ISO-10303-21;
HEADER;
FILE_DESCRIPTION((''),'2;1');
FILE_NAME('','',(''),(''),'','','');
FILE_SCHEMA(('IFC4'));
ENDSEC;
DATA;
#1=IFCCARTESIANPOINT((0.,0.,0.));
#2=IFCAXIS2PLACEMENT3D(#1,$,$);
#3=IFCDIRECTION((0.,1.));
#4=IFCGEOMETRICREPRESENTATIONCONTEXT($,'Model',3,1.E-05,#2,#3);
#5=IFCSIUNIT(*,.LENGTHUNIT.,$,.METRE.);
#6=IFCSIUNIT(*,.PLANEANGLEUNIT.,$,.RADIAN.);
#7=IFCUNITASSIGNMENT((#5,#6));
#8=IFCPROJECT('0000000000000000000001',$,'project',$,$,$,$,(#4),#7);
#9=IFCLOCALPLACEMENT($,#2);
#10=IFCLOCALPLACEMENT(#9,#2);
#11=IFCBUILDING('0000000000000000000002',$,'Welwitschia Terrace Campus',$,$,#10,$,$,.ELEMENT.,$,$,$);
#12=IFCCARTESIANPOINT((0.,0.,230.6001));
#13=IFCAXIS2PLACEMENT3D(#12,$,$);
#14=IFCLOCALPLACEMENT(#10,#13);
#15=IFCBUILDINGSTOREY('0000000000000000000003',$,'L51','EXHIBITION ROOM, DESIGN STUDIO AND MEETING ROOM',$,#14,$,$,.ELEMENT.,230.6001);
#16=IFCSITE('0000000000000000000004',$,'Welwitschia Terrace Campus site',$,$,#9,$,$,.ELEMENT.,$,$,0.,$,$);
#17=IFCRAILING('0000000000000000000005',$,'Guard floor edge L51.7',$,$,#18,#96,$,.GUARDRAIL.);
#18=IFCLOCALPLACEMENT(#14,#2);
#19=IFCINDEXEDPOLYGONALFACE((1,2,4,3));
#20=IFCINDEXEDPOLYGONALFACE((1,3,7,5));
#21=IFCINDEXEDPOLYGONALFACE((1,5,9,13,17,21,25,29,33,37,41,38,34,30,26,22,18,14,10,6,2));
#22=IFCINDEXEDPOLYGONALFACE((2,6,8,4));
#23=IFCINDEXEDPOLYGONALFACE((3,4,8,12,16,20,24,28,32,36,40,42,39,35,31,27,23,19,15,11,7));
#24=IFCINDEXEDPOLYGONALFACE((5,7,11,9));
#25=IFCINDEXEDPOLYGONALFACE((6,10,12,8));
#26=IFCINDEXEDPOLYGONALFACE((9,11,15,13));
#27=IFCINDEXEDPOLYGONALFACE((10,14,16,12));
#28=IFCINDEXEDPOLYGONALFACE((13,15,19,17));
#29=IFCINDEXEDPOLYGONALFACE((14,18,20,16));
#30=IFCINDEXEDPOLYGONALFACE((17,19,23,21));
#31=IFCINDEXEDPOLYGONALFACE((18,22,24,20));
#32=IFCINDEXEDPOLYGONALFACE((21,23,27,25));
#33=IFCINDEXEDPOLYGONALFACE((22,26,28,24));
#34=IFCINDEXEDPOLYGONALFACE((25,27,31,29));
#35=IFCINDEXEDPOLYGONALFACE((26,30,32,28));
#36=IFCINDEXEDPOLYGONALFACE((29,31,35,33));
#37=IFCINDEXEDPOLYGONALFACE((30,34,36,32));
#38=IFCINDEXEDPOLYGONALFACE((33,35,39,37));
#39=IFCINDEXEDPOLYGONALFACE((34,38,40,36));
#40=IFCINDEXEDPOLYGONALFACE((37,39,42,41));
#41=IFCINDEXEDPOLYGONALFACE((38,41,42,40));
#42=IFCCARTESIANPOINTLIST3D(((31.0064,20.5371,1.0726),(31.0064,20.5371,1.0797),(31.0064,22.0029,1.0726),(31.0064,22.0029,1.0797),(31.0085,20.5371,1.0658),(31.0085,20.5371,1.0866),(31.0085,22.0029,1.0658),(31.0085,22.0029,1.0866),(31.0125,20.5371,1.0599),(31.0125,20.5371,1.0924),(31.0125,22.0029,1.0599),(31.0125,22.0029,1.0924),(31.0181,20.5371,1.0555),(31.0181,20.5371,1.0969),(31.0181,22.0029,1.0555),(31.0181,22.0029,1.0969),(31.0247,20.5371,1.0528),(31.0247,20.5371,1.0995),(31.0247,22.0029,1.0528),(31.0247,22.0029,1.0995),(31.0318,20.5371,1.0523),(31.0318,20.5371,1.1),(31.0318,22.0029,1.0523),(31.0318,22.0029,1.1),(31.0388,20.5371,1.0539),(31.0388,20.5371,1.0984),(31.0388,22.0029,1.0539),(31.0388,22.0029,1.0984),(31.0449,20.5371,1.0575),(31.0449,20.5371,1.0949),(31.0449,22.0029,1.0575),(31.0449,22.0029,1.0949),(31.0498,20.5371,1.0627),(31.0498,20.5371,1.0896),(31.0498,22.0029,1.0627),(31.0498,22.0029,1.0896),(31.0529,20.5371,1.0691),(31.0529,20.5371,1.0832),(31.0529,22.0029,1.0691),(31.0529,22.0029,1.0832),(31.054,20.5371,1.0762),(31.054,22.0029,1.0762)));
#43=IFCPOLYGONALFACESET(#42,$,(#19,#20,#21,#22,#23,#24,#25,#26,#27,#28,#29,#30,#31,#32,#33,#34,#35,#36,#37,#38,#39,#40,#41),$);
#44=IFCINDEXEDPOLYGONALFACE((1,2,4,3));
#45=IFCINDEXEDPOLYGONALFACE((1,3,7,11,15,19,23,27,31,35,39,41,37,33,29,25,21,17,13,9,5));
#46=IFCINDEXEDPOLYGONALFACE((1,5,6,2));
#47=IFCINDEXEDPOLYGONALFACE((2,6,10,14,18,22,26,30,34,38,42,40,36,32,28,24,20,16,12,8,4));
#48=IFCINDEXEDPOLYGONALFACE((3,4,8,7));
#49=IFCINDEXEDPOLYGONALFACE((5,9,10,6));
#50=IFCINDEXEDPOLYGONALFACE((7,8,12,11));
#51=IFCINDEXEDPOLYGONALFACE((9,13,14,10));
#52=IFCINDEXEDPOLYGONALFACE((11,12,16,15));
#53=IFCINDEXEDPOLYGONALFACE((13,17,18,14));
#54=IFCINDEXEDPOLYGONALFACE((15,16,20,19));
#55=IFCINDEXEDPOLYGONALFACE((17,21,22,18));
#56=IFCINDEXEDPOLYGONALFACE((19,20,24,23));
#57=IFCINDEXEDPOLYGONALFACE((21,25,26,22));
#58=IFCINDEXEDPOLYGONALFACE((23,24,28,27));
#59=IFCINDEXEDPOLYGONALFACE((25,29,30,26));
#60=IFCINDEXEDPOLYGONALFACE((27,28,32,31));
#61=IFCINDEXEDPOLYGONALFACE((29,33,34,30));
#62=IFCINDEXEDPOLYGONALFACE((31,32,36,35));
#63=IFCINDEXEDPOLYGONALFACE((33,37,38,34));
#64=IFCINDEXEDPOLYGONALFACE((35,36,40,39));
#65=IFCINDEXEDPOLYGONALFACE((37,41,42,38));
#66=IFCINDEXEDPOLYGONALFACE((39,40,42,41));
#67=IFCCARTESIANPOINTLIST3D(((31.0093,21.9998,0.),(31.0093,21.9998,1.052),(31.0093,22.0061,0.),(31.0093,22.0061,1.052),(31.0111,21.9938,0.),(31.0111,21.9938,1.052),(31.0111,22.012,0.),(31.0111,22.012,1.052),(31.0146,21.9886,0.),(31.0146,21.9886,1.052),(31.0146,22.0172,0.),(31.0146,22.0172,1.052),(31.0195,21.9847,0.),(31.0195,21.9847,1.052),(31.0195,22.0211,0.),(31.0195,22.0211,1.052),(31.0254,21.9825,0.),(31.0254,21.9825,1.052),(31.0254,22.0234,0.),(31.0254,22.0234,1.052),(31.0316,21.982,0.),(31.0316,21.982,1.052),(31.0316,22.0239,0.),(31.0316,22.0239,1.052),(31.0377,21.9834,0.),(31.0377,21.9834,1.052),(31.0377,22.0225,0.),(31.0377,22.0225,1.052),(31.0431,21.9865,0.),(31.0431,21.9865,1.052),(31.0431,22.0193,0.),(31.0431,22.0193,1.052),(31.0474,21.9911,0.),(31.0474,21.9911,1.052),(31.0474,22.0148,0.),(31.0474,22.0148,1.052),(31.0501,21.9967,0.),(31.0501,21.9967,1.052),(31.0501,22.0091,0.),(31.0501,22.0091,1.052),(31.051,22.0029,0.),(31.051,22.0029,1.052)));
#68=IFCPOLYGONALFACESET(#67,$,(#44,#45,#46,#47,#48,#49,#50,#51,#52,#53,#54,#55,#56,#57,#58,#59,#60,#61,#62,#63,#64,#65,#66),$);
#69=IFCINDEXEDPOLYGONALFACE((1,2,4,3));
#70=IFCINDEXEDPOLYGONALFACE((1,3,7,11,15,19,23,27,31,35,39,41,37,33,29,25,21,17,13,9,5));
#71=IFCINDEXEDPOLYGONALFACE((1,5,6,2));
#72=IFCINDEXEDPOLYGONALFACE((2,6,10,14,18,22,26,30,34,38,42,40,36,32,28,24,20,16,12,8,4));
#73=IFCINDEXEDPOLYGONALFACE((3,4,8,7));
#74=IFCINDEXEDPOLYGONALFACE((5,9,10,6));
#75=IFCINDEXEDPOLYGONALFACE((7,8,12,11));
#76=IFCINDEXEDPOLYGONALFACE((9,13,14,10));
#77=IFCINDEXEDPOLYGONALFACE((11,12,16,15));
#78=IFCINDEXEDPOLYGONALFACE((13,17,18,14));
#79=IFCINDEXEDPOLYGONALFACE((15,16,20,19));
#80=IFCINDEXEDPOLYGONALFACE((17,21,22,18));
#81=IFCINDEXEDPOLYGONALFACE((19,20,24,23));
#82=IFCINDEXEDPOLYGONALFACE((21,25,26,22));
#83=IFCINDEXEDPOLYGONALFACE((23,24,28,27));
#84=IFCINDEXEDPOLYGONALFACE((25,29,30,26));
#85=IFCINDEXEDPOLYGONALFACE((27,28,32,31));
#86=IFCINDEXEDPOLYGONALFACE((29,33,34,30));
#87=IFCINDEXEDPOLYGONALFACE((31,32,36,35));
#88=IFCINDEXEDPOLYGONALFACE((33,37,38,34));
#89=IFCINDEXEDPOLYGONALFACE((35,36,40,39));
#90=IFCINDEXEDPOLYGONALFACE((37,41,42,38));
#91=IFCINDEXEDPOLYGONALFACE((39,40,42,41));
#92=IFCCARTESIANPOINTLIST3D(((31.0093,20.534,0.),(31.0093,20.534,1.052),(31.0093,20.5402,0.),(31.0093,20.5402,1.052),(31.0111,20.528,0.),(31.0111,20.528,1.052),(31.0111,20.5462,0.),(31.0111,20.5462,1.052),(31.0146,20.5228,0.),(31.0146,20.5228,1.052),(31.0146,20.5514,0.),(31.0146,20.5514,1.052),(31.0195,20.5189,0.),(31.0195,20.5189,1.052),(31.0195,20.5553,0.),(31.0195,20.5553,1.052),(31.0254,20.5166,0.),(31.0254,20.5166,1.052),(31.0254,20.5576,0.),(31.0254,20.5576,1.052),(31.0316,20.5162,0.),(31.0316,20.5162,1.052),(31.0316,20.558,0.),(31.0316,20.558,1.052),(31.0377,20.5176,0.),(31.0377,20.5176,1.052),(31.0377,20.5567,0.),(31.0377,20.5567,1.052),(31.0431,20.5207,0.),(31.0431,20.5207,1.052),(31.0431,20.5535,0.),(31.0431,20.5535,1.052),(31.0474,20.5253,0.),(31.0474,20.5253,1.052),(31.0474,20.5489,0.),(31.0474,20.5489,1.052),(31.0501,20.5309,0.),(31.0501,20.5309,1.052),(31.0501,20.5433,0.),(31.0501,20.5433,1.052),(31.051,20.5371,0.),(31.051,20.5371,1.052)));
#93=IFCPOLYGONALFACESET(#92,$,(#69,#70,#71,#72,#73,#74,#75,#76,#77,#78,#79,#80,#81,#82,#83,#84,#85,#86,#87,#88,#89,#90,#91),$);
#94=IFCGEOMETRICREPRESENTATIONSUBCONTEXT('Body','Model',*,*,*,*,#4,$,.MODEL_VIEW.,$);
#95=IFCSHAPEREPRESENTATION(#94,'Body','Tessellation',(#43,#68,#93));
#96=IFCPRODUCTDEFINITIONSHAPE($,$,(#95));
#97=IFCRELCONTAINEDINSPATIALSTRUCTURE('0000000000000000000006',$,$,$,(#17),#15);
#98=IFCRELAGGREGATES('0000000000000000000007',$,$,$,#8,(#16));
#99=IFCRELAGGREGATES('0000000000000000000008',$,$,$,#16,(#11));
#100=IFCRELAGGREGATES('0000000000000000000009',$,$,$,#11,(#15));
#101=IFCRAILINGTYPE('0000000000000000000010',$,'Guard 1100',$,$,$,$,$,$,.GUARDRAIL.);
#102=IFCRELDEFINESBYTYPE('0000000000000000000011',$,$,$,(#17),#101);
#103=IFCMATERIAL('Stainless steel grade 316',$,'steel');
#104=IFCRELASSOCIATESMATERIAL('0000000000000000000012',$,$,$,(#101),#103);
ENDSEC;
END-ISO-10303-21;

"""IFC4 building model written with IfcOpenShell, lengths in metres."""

from ifc_helpers import new_model, si_unit, direction, frame, origin, origin_2d, place, context, subcontext, project, spatial, circle, extrude, material, type_object, element, save


model = new_model("IFC4")

# Units and contexts
model_context = context("Model", 3, precision=1e-05, world=origin(), true_north=direction((0.0, 1.0)))
body_context = subcontext(model_context, "Body", "Model", "MODEL_VIEW")
ifc_project = project(units=[si_unit("LENGTHUNIT", "METRE"), si_unit("PLANEANGLEUNIT", "RADIAN")], contexts=[model_context])

# Site, building, storey
site_placement = place(None, origin())
site = spatial("IfcSite", under=ifc_project, at=site_placement, Name="Welwitschia Terrace Campus site", CompositionType="ELEMENT", RefElevation=0.0)
building_placement = place(site_placement, origin())
building = spatial("IfcBuilding", under=site, at=building_placement, Name="Welwitschia Terrace Campus", CompositionType="ELEMENT")
storey_placement = place(building_placement, frame((0.0, 0.0, 230.6001)))
storey = spatial("IfcBuildingStorey", under=building, at=storey_placement, Name="L51", Description="EXHIBITION ROOM, DESIGN STUDIO AND MEETING ROOM", CompositionType="ELEMENT", Elevation=230.6001)

# Railing
ifc_material_1 = material(Name="Stainless steel grade 316", Category="steel")
railing_type = type_object("IfcRailingType", Name="Guard 1100", PredefinedType="GUARDRAIL", material=ifc_material_1)
railing_1_placement = place(storey_placement, frame((31.03, 22.0029, 0.0)))
element("IfcRailing", 1, at=railing_1_placement, inside=storey, type_object=railing_type, Name="Guard floor edge L51.7", PredefinedType="GUARDRAIL", context=body_context, shape_type="SweptSolid", body=[
    extrude(circle(Radius=0.0239, at=origin_2d()), frame((0.0, 0.0, 1.0762), z_axis=(0.0, -1.0, 0.0), x_axis=(1.0, 0.0, 0.0)), (0.0, 0.0, 1.0), 1.4658),
    extrude(circle(Radius=0.021, at=origin_2d()), origin(), (0.0, 0.0, 1.0), 1.052),
    extrude(circle(Radius=0.021, at=origin_2d()), frame((0.0, -1.4658, 0.0)), (0.0, 0.0, 1.0), 1.052),
])

save(model, "model.ifc")
